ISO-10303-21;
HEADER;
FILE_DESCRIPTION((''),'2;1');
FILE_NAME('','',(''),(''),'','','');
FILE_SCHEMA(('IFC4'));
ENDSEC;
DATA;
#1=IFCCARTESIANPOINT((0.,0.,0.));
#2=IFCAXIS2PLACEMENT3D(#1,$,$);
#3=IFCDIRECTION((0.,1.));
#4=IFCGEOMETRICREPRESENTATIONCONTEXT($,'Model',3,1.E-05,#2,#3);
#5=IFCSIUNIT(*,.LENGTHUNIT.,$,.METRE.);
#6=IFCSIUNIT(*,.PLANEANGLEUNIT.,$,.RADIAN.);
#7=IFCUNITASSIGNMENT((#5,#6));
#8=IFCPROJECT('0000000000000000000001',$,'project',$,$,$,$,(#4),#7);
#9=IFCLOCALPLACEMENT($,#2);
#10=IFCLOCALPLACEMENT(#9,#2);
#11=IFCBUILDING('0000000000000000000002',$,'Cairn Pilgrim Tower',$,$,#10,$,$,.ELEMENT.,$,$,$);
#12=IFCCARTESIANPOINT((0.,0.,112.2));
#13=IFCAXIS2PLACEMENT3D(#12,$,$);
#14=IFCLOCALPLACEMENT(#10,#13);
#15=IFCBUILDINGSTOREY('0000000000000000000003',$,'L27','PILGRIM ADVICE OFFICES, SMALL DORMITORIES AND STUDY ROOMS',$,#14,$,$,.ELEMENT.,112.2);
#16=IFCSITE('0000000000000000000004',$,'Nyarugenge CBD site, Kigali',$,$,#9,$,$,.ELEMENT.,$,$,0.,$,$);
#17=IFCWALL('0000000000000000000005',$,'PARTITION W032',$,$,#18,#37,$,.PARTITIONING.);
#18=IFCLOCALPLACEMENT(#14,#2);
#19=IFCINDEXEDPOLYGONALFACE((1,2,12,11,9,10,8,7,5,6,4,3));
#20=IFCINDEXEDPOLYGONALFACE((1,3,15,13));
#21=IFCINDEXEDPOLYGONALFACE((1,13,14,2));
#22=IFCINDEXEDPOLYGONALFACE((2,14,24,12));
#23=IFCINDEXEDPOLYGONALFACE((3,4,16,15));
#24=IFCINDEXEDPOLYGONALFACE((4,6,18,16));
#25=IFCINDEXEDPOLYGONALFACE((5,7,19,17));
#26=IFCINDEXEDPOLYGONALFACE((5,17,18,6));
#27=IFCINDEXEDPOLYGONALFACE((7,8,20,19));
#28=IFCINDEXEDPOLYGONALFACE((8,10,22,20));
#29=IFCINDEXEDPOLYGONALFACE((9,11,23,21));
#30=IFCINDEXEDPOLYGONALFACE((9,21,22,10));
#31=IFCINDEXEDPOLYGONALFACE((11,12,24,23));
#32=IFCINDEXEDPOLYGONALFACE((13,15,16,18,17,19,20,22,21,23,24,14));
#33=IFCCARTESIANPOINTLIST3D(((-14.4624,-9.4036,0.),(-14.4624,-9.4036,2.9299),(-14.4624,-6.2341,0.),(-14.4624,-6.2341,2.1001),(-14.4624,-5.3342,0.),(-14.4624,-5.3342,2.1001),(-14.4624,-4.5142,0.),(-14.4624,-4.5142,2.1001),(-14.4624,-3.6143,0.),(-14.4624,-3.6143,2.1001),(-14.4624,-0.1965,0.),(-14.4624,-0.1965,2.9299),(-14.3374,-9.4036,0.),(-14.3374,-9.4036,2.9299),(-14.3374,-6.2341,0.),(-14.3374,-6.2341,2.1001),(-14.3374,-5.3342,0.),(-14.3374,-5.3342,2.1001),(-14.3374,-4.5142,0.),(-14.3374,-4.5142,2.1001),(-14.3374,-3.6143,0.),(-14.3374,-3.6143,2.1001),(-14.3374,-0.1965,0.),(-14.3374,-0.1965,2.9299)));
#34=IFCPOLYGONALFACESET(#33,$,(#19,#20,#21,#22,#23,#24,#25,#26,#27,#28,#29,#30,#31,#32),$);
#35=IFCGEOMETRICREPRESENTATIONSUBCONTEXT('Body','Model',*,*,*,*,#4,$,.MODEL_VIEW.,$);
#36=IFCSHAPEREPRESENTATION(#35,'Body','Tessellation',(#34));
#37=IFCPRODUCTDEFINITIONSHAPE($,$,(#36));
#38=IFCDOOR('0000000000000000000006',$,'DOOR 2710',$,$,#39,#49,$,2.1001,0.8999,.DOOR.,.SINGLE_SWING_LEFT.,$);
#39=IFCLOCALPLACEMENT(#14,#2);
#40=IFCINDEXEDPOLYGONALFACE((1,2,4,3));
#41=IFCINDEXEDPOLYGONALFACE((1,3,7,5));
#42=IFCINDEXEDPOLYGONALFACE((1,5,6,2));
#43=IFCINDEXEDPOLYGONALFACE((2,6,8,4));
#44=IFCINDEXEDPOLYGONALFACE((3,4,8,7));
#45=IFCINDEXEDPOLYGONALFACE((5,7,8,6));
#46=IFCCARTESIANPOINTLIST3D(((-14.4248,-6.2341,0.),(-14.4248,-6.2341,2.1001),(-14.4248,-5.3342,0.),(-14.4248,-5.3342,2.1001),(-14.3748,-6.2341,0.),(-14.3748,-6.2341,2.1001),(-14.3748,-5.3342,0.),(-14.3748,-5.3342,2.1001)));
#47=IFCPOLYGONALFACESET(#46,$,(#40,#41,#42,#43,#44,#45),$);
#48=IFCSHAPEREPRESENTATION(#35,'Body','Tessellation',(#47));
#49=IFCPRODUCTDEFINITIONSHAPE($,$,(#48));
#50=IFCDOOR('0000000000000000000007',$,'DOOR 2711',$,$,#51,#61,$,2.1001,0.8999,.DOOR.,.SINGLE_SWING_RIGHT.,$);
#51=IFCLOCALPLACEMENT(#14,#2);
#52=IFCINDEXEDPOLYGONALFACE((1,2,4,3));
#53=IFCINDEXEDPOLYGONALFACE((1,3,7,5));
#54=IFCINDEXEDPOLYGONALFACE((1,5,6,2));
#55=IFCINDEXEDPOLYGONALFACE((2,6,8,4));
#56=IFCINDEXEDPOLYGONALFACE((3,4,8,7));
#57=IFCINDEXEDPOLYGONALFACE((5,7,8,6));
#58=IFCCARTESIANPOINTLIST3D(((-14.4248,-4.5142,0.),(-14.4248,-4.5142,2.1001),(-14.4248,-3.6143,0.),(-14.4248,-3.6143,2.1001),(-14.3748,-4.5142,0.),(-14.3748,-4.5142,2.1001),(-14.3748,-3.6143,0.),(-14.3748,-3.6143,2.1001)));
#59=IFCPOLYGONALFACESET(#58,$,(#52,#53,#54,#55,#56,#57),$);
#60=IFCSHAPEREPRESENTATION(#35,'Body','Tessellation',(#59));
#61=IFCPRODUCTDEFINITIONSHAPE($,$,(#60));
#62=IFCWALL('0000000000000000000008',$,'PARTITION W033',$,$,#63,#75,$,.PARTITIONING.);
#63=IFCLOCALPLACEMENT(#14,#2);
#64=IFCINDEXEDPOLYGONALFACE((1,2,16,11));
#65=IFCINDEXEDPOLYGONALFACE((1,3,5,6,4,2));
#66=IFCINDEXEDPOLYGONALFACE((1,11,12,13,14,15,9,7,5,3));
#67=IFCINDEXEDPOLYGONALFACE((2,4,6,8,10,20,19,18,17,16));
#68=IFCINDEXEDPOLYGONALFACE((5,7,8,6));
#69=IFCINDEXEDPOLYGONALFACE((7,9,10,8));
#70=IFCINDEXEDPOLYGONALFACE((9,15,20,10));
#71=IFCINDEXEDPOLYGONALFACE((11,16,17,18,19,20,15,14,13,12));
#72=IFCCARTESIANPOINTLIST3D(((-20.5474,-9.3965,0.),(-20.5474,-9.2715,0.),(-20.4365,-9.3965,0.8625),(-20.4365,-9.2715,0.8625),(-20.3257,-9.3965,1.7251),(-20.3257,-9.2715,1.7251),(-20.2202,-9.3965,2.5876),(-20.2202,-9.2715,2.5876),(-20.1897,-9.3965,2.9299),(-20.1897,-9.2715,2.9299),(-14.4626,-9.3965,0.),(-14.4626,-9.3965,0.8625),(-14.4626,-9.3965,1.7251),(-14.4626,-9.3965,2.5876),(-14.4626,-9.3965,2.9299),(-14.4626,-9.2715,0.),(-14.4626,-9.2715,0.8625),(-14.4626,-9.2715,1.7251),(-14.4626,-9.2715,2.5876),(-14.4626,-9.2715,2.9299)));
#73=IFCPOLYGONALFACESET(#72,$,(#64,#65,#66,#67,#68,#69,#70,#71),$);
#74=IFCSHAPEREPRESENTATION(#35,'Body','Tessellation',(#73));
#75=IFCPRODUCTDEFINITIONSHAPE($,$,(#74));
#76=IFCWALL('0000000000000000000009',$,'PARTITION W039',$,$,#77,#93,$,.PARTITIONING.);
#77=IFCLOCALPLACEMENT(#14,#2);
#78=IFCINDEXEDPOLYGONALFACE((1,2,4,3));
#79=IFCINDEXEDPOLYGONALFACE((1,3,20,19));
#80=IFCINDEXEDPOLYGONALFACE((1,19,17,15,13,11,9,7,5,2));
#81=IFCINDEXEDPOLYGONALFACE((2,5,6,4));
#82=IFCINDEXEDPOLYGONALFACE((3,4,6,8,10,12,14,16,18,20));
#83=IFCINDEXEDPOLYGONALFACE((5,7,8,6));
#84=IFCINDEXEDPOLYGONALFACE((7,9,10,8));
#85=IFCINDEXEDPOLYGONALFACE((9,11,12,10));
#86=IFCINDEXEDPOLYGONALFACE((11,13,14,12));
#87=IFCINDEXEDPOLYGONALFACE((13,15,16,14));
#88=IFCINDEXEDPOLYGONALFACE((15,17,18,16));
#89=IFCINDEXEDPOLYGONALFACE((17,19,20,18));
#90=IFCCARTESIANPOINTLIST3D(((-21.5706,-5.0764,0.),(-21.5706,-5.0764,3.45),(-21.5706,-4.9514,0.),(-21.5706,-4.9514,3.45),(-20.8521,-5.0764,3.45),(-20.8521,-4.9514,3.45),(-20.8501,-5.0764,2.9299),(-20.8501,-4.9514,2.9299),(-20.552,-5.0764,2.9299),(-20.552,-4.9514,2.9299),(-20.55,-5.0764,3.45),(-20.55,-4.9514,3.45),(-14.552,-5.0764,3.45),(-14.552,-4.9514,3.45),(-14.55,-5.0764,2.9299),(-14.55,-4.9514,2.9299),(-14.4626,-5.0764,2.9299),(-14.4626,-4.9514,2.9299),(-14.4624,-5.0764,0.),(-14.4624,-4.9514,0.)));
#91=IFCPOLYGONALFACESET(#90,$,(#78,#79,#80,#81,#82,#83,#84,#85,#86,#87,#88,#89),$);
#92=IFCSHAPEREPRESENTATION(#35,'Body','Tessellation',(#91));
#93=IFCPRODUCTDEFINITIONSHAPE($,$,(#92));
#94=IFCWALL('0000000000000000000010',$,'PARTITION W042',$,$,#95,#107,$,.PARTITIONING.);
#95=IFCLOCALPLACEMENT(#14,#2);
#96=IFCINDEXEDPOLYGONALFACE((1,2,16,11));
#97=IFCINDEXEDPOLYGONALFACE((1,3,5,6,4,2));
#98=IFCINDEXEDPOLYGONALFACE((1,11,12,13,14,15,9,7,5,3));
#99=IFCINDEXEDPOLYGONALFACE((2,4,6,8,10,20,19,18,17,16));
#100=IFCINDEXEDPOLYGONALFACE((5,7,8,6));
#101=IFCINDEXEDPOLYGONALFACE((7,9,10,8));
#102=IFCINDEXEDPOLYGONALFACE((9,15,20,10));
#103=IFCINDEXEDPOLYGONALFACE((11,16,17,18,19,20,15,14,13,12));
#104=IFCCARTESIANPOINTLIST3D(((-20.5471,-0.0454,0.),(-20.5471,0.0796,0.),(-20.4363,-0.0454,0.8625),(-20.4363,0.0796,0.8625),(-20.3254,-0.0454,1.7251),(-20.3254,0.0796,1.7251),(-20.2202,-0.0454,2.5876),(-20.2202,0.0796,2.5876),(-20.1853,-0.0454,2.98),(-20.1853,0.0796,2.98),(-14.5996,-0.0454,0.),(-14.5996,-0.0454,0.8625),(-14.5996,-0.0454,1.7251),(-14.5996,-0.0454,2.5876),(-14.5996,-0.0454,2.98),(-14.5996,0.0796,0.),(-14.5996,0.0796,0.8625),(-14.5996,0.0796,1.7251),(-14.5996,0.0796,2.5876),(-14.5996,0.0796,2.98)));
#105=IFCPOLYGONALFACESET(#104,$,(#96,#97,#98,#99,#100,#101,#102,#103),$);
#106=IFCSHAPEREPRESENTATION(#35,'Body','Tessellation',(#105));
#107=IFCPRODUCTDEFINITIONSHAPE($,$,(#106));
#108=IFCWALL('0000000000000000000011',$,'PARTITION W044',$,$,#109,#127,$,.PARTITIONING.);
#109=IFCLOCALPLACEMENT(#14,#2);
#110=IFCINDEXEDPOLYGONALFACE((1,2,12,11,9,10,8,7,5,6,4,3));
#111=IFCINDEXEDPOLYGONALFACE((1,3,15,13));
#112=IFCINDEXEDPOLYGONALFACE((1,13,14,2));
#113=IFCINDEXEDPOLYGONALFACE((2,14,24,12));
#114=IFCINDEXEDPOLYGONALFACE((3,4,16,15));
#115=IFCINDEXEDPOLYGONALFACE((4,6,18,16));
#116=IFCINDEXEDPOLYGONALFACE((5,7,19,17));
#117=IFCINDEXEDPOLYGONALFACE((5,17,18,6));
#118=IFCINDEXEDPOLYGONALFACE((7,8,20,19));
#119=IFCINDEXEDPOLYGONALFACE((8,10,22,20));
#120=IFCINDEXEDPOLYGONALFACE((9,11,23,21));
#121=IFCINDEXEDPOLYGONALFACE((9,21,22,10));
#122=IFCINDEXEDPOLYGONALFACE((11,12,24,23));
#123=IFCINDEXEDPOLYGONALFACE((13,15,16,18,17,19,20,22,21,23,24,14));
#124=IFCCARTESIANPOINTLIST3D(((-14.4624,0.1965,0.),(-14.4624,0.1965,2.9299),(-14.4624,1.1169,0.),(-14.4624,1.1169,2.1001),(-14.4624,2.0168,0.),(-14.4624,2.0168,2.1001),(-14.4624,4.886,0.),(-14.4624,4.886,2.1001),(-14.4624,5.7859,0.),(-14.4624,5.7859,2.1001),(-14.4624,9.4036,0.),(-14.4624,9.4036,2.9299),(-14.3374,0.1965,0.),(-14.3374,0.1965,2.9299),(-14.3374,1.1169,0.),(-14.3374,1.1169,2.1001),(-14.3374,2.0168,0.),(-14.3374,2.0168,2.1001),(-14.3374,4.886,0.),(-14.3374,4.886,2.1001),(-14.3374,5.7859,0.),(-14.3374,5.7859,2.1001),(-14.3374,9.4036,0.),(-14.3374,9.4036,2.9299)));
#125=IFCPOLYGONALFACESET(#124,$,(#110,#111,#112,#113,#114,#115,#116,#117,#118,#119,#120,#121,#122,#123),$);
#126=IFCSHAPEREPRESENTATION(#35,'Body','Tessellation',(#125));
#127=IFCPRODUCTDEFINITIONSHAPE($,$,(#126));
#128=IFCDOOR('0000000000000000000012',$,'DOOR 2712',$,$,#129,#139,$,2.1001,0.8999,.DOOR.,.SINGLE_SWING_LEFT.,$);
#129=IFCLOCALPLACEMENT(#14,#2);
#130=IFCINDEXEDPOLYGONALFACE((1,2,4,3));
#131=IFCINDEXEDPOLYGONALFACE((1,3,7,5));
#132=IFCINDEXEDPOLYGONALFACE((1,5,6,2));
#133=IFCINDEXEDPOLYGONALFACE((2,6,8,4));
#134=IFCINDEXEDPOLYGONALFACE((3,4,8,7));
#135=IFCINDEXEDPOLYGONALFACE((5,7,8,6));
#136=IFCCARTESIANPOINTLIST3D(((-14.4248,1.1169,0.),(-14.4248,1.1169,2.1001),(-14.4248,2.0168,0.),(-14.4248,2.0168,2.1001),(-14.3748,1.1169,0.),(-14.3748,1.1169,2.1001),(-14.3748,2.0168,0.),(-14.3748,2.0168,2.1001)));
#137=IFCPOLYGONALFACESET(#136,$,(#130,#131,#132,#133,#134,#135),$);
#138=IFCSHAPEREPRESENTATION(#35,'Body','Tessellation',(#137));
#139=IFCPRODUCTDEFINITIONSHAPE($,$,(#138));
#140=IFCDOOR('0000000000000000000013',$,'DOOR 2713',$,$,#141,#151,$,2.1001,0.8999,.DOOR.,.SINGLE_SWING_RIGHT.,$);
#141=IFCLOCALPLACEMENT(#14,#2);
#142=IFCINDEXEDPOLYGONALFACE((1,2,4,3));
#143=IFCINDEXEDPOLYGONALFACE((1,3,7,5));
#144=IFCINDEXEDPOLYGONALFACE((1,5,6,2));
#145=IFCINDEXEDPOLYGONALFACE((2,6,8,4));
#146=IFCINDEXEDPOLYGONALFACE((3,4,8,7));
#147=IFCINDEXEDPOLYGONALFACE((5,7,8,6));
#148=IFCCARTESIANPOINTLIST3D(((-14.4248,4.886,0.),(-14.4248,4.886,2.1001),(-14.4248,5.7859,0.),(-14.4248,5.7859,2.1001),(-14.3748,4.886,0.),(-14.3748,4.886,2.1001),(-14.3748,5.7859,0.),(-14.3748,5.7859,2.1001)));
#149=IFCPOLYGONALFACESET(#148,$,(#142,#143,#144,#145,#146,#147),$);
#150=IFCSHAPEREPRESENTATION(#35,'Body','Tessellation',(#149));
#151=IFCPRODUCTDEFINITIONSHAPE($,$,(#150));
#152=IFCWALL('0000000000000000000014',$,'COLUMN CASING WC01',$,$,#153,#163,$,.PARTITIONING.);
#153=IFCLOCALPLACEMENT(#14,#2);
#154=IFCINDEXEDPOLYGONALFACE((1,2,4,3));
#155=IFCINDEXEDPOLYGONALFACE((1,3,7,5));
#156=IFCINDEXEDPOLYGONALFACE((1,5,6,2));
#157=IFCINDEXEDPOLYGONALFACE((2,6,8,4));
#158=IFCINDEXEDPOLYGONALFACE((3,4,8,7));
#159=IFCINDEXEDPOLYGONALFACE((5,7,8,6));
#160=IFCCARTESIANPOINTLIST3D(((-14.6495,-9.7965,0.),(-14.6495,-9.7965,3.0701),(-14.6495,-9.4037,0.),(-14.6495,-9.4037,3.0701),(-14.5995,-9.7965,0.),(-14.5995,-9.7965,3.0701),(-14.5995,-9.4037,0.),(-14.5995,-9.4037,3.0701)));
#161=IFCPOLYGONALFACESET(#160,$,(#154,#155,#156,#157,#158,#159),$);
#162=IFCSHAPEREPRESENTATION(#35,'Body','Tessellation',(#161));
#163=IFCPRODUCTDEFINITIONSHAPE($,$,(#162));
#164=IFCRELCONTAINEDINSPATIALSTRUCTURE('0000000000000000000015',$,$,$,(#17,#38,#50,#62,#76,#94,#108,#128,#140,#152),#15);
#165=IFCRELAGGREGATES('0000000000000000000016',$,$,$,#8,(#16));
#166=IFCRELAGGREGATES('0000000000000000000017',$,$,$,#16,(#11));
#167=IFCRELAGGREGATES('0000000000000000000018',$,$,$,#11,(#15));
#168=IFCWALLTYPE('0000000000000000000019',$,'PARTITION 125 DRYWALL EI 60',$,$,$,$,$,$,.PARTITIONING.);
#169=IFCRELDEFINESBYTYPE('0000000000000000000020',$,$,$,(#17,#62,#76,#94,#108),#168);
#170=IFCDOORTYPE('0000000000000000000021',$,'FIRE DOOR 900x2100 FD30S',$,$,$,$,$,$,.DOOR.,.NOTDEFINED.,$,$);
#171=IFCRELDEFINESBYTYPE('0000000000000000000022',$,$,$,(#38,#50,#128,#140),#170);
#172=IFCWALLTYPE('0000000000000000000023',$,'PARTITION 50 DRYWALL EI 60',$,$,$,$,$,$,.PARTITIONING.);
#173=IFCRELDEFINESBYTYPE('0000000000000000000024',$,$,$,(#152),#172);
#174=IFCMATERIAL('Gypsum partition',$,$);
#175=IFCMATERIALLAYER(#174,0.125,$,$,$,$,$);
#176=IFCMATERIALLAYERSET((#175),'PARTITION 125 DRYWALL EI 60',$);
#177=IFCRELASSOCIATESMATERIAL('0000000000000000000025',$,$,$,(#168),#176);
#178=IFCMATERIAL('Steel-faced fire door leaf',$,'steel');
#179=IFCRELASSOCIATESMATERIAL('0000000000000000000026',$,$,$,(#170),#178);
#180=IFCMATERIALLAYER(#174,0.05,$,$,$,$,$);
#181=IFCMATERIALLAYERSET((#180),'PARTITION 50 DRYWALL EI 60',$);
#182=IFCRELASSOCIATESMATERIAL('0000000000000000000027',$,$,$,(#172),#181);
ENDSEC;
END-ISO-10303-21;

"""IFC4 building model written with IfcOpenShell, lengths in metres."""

from ifc_helpers import new_model, si_unit, direction, frame, frame_2d, origin, place, context, subcontext, project, spatial, polyline, rectangle, outline, extrude, material, layer, layer_set, type_object, element, fill, save


model = new_model("IFC4")

# Units and contexts
model_context = context("Model", 3, precision=1e-05, world=origin(), true_north=direction((0.0, 1.0)))
body_context = subcontext(model_context, "Body", "Model", "MODEL_VIEW")
ifc_project = project(units=[si_unit("LENGTHUNIT", "METRE"), si_unit("PLANEANGLEUNIT", "RADIAN")], contexts=[model_context])

# Site, building, storey
site_placement = place(None, origin())
site = spatial("IfcSite", under=ifc_project, at=site_placement, Name="Nyarugenge CBD site, Kigali", CompositionType="ELEMENT", RefElevation=0.0)
building_placement = place(site_placement, origin())
building = spatial("IfcBuilding", under=site, at=building_placement, Name="Cairn Pilgrim Tower", CompositionType="ELEMENT")
storey_placement = place(building_placement, frame((0.0, 0.0, 112.2)))
storey = spatial("IfcBuildingStorey", under=building, at=storey_placement, Name="L27", Description="PILGRIM ADVICE OFFICES, SMALL DORMITORIES AND STUDY ROOMS", CompositionType="ELEMENT", Elevation=112.2)

# Wall, openings, doors
ifc_material_1 = material(Name="Gypsum partition")
ifc_layer_1 = layer(ifc_material_1, 0.125)
ifc_layer_set_1 = layer_set([ifc_layer_1], Name="PARTITION 125 DRYWALL EI 60")
wall_type_1 = type_object("IfcWallType", Name="PARTITION 125 DRYWALL EI 60", PredefinedType="PARTITIONING", material=ifc_layer_set_1)
wall_1_placement = place(storey_placement, frame((-14.3999, -9.4036, 0.0), z_axis=(0.0, 0.0, 1.0), x_axis=(0.0, 1.0, 0.0)))
wall_1 = element("IfcWall", 1, at=wall_1_placement, inside=storey, type_object=wall_type_1, Name="PARTITION W032", PredefinedType="PARTITIONING", context=body_context, shape_type="SweptSolid", body=[
    extrude(rectangle(XDim=9.207, YDim=0.125, at=frame_2d((4.6035, 0.0))), origin(), (0.0, 0.0, 1.0), 2.9299),
])
opening_1_placement = place(wall_1_placement, frame((3.1694, 0.0, 0.0)))
opening_1 = element("IfcOpeningElement", 2, at=opening_1_placement, cuts=wall_1, PredefinedType="OPENING", context=body_context, shape_type="SweptSolid", body=[
    extrude(rectangle(XDim=0.8999, YDim=2.1001, at=frame_2d((0.45, 1.05))), frame((0.0, 0.0725, 0.0), z_axis=(0.0, -1.0, 0.0), x_axis=(1.0, 0.0, 0.0)), (0.0, 0.0, 1.0), 0.145),
])
opening_2_placement = place(wall_1_placement, frame((4.8894, 0.0, 0.0)))
opening_2 = element("IfcOpeningElement", 3, at=opening_2_placement, cuts=wall_1, PredefinedType="OPENING", context=body_context, shape_type="SweptSolid", body=[
    extrude(rectangle(XDim=0.8999, YDim=2.1001, at=frame_2d((0.45, 1.05))), frame((0.0, 0.0725, 0.0), z_axis=(0.0, -1.0, 0.0), x_axis=(1.0, 0.0, 0.0)), (0.0, 0.0, 1.0), 0.145),
])
ifc_material_2 = material(Name="Steel-faced fire door leaf", Category="steel")
door_type_1 = type_object("IfcDoorType", Name="FIRE DOOR 900x2100 FD30S", OperationType="NOTDEFINED", PredefinedType="DOOR", material=ifc_material_2)
door_1_placement = place(opening_1_placement, origin())
door_1 = element("IfcDoor", 4, at=door_1_placement, inside=storey, type_object=door_type_1, Name="DOOR 2710", OperationType="SINGLE_SWING_LEFT", OverallHeight=2.1001, OverallWidth=0.8999, PredefinedType="DOOR", context=body_context, shape_type="SweptSolid", body=[
    extrude(rectangle(XDim=0.8999, YDim=2.1001, at=frame_2d((0.45, 1.05))), frame((0.0, 0.0249, 0.0), z_axis=(0.0, -1.0, 0.0), x_axis=(1.0, 0.0, 0.0)), (0.0, 0.0, 1.0), 0.05),
])
fill(opening_1, door_1)
door_2_placement = place(opening_2_placement, origin())
door_2 = element("IfcDoor", 5, at=door_2_placement, inside=storey, type_object=door_type_1, Name="DOOR 2711", OperationType="SINGLE_SWING_RIGHT", OverallHeight=2.1001, OverallWidth=0.8999, PredefinedType="DOOR", context=body_context, shape_type="SweptSolid", body=[
    extrude(rectangle(XDim=0.8999, YDim=2.1001, at=frame_2d((0.45, 1.05))), frame((0.0, 0.0249, 0.0), z_axis=(0.0, -1.0, 0.0), x_axis=(1.0, 0.0, 0.0)), (0.0, 0.0, 1.0), 0.05),
])
fill(opening_2, door_2)

# Walls
wall_2_placement = place(storey_placement, frame((-20.5474, -9.334, 0.0), z_axis=(0.0, 0.0, 1.0), x_axis=(1.0, 0.0, 0.0)))
element("IfcWall", 6, at=wall_2_placement, inside=storey, type_object=wall_type_1, Name="PARTITION W033", PredefinedType="PARTITIONING", context=body_context, shape_type="SweptSolid", body=[
    extrude(outline(polyline([(0.0, 0.0), (6.0847, 0.0), (6.0847, 0.8625), (6.0847, 1.7251), (6.0847, 2.5876), (6.0847, 2.9299), (0.3577, 2.9299), (0.3271, 2.5876), (0.2217, 1.7251), (0.1108, 0.8625), (0.0, 0.0)])), frame((0.0, 0.0625, 0.0), z_axis=(0.0, -1.0, 0.0), x_axis=(1.0, 0.0, 0.0)), (0.0, 0.0, 1.0), 0.125),
])
wall_3_placement = place(storey_placement, frame((-21.5706, -5.0139, 0.0), z_axis=(0.0, 0.0, 1.0), x_axis=(1.0, 0.0, 0.0)))
element("IfcWall", 7, at=wall_3_placement, inside=storey, type_object=wall_type_1, Name="PARTITION W039", PredefinedType="PARTITIONING", context=body_context, shape_type="SweptSolid", body=[
    extrude(outline(polyline([(0.0, 0.0), (7.1082, 0.0), (7.1079, 2.9299), (7.0205, 2.9299), (7.0186, 3.45), (1.0205, 3.45), (1.0186, 2.9299), (0.7205, 2.9299), (0.7185, 3.45), (0.0, 3.45), (0.0, 0.0)])), frame((0.0, 0.0625, 0.0), z_axis=(0.0, -1.0, 0.0), x_axis=(1.0, 0.0, 0.0)), (0.0, 0.0, 1.0), 0.125),
])
wall_4_placement = place(storey_placement, frame((-20.5471, 0.0171, 0.0), z_axis=(0.0, 0.0, 1.0), x_axis=(1.0, 0.0, 0.0)))
element("IfcWall", 8, at=wall_4_placement, inside=storey, type_object=wall_type_1, Name="PARTITION W042", PredefinedType="PARTITIONING", context=body_context, shape_type="SweptSolid", body=[
    extrude(outline(polyline([(0.0, 0.0), (5.9475, 0.0), (5.9475, 0.8625), (5.9475, 1.7251), (5.9475, 2.5876), (5.9475, 2.98), (0.3618, 2.98), (0.3269, 2.5876), (0.2217, 1.7251), (0.1108, 0.8625), (0.0, 0.0)])), frame((0.0, 0.0625, 0.0), z_axis=(0.0, -1.0, 0.0), x_axis=(1.0, 0.0, 0.0)), (0.0, 0.0, 1.0), 0.125),
])

# Wall, openings, doors
wall_5_placement = place(storey_placement, frame((-14.3999, 0.1965, 0.0), z_axis=(0.0, 0.0, 1.0), x_axis=(0.0, 1.0, 0.0)))
wall_5 = element("IfcWall", 9, at=wall_5_placement, inside=storey, type_object=wall_type_1, Name="PARTITION W044", PredefinedType="PARTITIONING", context=body_context, shape_type="SweptSolid", body=[
    extrude(rectangle(XDim=9.207, YDim=0.125, at=frame_2d((4.6035, 0.0))), origin(), (0.0, 0.0, 1.0), 2.9299),
])
opening_3_placement = place(wall_5_placement, frame((0.9204, 0.0, 0.0)))
opening_3 = element("IfcOpeningElement", 10, at=opening_3_placement, cuts=wall_5, PredefinedType="OPENING", context=body_context, shape_type="SweptSolid", body=[
    extrude(rectangle(XDim=0.8999, YDim=2.1001, at=frame_2d((0.45, 1.05))), frame((0.0, 0.0725, 0.0), z_axis=(0.0, -1.0, 0.0), x_axis=(1.0, 0.0, 0.0)), (0.0, 0.0, 1.0), 0.145),
])
opening_4_placement = place(wall_5_placement, frame((4.6895, 0.0, 0.0)))
opening_4 = element("IfcOpeningElement", 11, at=opening_4_placement, cuts=wall_5, PredefinedType="OPENING", context=body_context, shape_type="SweptSolid", body=[
    extrude(rectangle(XDim=0.8999, YDim=2.1001, at=frame_2d((0.45, 1.05))), frame((0.0, 0.0725, 0.0), z_axis=(0.0, -1.0, 0.0), x_axis=(1.0, 0.0, 0.0)), (0.0, 0.0, 1.0), 0.145),
])
door_3_placement = place(opening_3_placement, origin())
door_3 = element("IfcDoor", 12, at=door_3_placement, inside=storey, type_object=door_type_1, Name="DOOR 2712", OperationType="SINGLE_SWING_LEFT", OverallHeight=2.1001, OverallWidth=0.8999, PredefinedType="DOOR", context=body_context, shape_type="SweptSolid", body=[
    extrude(rectangle(XDim=0.8999, YDim=2.1001, at=frame_2d((0.45, 1.05))), frame((0.0, 0.0249, 0.0), z_axis=(0.0, -1.0, 0.0), x_axis=(1.0, 0.0, 0.0)), (0.0, 0.0, 1.0), 0.05),
])
fill(opening_3, door_3)
door_4_placement = place(opening_4_placement, origin())
door_4 = element("IfcDoor", 13, at=door_4_placement, inside=storey, type_object=door_type_1, Name="DOOR 2713", OperationType="SINGLE_SWING_RIGHT", OverallHeight=2.1001, OverallWidth=0.8999, PredefinedType="DOOR", context=body_context, shape_type="SweptSolid", body=[
    extrude(rectangle(XDim=0.8999, YDim=2.1001, at=frame_2d((0.45, 1.05))), frame((0.0, 0.0249, 0.0), z_axis=(0.0, -1.0, 0.0), x_axis=(1.0, 0.0, 0.0)), (0.0, 0.0, 1.0), 0.05),
])
fill(opening_4, door_4)

# Wall
ifc_layer_2 = layer(ifc_material_1, 0.05)
ifc_layer_set_2 = layer_set([ifc_layer_2], Name="PARTITION 50 DRYWALL EI 60")
wall_type_2 = type_object("IfcWallType", Name="PARTITION 50 DRYWALL EI 60", PredefinedType="PARTITIONING", material=ifc_layer_set_2)
wall_6_placement = place(storey_placement, frame((-14.6245, -9.7964, 0.0), z_axis=(0.0, 0.0, 1.0), x_axis=(0.0, 1.0, 0.0)))
element("IfcWall", 14, at=wall_6_placement, inside=storey, type_object=wall_type_2, Name="COLUMN CASING WC01", PredefinedType="PARTITIONING", context=body_context, shape_type="SweptSolid", body=[
    extrude(rectangle(XDim=0.3928, YDim=0.05, at=frame_2d((0.1963, 0.0))), origin(), (0.0, 0.0, 1.0), 3.0701),
])

save(model, "model.ifc")
